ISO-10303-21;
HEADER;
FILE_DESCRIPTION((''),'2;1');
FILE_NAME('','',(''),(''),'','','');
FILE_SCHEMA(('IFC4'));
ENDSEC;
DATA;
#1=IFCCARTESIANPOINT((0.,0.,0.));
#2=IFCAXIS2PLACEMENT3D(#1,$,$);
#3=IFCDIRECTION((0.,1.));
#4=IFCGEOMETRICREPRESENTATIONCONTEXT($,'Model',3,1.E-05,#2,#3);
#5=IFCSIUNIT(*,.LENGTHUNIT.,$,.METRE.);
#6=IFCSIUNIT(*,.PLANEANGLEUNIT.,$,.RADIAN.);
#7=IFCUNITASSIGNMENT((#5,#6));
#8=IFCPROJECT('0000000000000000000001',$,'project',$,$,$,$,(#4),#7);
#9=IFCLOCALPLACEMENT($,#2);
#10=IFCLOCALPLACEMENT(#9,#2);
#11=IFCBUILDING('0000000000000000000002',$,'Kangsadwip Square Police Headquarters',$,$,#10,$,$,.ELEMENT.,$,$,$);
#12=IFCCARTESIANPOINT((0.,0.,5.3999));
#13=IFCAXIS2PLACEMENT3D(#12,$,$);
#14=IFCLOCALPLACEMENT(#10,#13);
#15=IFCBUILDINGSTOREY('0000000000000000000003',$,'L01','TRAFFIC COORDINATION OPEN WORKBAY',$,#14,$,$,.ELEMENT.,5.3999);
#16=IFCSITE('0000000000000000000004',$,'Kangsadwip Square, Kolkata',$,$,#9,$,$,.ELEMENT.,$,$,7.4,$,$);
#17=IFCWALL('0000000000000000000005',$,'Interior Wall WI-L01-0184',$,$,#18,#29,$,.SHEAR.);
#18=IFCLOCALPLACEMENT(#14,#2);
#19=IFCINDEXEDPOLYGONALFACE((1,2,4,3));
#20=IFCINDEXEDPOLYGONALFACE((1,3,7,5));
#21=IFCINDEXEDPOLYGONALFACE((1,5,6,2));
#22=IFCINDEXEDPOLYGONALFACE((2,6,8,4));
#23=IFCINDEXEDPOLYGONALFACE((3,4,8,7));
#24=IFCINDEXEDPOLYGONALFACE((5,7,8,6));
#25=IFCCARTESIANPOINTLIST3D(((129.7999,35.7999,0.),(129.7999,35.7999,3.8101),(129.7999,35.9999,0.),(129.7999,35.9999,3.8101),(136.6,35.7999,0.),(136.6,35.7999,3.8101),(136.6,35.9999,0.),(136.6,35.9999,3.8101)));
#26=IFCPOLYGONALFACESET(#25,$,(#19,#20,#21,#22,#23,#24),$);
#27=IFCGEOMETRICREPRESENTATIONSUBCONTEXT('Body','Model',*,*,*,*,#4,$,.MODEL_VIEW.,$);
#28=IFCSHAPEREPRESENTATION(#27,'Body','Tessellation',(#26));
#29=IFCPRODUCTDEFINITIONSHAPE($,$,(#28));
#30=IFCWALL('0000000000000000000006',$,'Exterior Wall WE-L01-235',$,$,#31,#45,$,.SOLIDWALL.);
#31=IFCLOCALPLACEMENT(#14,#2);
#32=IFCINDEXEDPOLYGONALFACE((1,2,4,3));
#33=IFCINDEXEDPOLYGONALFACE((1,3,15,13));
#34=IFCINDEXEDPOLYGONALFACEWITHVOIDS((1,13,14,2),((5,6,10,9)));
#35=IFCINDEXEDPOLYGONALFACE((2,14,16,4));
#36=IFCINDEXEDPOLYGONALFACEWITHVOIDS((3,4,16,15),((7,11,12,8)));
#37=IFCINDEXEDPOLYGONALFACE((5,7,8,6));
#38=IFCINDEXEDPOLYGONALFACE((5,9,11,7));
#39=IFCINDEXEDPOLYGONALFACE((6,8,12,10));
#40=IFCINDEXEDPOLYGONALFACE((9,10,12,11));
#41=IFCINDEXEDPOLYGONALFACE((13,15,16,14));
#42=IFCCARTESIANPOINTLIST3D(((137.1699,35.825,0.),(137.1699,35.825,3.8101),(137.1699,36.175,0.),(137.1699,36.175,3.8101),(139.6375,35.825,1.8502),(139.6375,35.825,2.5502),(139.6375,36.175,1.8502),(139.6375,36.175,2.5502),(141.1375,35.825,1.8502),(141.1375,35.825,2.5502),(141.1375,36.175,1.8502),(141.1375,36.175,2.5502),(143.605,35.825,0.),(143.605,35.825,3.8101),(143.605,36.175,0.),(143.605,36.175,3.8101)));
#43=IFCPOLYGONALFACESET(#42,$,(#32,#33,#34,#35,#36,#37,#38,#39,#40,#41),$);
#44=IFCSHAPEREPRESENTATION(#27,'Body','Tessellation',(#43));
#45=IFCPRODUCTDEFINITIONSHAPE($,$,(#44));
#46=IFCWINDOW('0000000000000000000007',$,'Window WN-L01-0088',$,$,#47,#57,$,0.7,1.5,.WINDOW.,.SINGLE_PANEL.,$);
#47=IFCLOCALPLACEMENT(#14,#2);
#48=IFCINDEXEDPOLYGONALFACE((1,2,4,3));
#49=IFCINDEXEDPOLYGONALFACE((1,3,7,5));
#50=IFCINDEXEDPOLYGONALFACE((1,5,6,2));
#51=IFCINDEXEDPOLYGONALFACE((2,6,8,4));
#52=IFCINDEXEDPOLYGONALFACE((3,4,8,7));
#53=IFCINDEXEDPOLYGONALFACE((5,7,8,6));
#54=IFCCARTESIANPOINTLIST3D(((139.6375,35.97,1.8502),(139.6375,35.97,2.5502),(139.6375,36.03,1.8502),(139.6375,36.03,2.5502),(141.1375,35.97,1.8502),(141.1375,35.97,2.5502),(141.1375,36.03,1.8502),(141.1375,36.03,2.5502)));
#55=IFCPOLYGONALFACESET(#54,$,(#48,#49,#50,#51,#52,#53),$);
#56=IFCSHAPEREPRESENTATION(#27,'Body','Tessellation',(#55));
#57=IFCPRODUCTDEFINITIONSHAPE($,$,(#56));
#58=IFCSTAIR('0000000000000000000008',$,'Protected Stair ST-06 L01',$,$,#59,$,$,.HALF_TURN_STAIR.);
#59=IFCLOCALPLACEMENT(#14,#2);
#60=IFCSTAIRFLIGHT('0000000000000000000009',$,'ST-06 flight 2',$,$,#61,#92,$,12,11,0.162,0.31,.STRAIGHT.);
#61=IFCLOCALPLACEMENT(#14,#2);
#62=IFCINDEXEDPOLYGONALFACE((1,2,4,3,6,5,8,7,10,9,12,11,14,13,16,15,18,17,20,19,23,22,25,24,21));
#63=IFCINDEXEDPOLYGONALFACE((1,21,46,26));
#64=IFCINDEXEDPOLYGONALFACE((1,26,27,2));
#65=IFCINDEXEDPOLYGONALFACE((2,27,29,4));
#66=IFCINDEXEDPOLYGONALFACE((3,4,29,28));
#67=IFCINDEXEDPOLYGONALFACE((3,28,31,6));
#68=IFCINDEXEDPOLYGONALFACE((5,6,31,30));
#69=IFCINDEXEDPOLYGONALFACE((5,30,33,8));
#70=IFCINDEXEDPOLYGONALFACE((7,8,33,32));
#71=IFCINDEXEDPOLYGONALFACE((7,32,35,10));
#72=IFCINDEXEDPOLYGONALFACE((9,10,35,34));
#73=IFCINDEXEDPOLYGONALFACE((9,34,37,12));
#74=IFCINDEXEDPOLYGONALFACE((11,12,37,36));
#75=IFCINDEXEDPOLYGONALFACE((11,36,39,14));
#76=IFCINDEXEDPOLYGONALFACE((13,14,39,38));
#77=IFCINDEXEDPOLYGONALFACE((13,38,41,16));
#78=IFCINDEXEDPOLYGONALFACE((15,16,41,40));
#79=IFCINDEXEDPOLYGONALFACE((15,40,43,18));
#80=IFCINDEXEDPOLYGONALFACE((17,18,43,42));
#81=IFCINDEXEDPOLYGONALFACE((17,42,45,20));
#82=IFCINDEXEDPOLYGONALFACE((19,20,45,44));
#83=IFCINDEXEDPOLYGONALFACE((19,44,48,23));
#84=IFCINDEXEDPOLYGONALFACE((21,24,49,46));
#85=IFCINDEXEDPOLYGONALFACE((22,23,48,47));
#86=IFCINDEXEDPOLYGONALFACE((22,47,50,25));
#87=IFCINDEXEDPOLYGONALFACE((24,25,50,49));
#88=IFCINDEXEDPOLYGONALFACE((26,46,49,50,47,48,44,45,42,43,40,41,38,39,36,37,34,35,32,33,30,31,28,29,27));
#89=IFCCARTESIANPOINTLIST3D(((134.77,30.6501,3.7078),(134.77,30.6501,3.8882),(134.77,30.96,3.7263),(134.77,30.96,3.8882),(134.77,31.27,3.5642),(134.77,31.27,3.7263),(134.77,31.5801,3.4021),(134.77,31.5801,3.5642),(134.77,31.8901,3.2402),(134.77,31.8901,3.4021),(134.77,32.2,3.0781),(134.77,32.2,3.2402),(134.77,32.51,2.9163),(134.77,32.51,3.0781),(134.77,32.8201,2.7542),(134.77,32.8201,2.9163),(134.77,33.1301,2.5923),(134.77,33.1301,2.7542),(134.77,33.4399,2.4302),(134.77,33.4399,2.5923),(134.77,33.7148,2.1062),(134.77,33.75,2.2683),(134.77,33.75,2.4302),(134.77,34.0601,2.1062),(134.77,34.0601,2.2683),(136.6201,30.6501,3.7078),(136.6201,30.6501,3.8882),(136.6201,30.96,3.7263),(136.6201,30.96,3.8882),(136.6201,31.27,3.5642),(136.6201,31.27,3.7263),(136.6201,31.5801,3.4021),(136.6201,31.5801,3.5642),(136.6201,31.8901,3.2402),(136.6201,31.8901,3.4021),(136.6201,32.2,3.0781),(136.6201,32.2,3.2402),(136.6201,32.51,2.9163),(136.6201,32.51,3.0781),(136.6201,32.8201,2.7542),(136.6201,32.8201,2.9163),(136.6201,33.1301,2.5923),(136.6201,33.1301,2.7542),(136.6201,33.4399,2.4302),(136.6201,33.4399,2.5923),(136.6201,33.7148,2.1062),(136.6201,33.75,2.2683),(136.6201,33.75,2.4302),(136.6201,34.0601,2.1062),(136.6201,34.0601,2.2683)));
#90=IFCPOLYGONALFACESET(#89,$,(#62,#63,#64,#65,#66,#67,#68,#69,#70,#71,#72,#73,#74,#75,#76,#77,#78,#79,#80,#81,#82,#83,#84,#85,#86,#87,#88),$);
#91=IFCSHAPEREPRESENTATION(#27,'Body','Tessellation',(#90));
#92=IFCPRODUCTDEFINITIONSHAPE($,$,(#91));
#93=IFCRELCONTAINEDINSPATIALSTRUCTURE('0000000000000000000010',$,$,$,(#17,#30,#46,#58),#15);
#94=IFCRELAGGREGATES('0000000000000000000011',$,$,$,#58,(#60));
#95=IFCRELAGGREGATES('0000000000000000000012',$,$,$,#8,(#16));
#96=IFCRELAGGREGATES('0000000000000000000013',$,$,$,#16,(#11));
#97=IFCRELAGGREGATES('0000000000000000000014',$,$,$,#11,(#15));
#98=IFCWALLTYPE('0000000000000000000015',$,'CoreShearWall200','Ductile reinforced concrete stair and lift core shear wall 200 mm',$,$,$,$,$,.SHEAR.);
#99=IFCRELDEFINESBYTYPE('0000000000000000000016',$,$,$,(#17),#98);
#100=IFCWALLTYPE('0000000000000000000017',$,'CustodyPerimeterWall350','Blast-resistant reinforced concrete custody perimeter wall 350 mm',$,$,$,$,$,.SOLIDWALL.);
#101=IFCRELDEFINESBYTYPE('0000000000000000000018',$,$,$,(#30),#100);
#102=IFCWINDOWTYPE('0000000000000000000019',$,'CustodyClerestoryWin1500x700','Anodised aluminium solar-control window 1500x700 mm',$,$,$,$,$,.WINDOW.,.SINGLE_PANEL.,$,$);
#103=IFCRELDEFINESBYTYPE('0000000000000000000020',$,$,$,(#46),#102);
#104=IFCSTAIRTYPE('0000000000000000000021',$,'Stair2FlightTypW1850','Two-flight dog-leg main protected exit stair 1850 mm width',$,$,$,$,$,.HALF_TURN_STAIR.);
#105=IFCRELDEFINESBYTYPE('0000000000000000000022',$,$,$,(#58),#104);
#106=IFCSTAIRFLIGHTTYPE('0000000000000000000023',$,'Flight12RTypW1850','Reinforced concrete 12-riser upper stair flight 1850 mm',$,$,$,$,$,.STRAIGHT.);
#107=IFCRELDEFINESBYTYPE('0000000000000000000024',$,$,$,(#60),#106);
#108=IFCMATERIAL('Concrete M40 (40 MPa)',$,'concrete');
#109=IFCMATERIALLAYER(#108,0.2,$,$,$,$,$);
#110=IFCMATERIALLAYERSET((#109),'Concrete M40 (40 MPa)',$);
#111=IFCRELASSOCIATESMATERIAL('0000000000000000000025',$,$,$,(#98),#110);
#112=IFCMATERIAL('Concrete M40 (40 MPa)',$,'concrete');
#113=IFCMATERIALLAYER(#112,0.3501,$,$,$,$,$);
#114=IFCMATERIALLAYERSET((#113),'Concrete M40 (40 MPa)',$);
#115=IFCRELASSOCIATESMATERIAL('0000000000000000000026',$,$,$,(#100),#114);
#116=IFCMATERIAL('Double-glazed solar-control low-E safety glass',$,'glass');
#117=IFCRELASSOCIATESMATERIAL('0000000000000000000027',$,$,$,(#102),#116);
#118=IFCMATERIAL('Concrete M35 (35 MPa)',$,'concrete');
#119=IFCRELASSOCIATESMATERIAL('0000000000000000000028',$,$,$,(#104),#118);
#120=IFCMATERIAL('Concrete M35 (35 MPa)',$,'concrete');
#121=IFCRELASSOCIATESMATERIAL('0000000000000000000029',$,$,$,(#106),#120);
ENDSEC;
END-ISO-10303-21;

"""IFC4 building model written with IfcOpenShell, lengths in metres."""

from ifc_helpers import new_model, si_unit, direction, frame, frame_2d, origin, place, context, subcontext, project, spatial, polyline, rectangle, outline, extrude, material, layer, layer_set, type_object, element, fill, aggregate, save


model = new_model("IFC4")

# Units and contexts
model_context = context("Model", 3, precision=1e-05, world=origin(), true_north=direction((0.0, 1.0)))
body_context = subcontext(model_context, "Body", "Model", "MODEL_VIEW")
ifc_project = project(units=[si_unit("LENGTHUNIT", "METRE"), si_unit("PLANEANGLEUNIT", "RADIAN")], contexts=[model_context])

# Site, building, storey
site_placement = place(None, origin())
site = spatial("IfcSite", under=ifc_project, at=site_placement, Name="Kangsadwip Square, Kolkata", CompositionType="ELEMENT", RefElevation=7.4)
building_placement = place(site_placement, origin())
building = spatial("IfcBuilding", under=site, at=building_placement, Name="Kangsadwip Square Police Headquarters", CompositionType="ELEMENT")
storey_placement = place(building_placement, frame((0.0, 0.0, 5.3999)))
storey = spatial("IfcBuildingStorey", under=building, at=storey_placement, Name="L01", Description="TRAFFIC COORDINATION OPEN WORKBAY", CompositionType="ELEMENT", Elevation=5.3999)

# Wall
ifc_material_1 = material(Name="Concrete M40 (40 MPa)", Category="concrete")
ifc_layer_1 = layer(ifc_material_1, 0.2)
ifc_layer_set_1 = layer_set([ifc_layer_1], Name="Concrete M40 (40 MPa)")
wall_type_1 = type_object("IfcWallType", Name="CoreShearWall200", Description="Ductile reinforced concrete stair and lift core shear wall 200 mm", PredefinedType="SHEAR", material=ifc_layer_set_1)
wall_1_placement = place(storey_placement, frame((129.8, 35.8999, 0.0), z_axis=(0.0, 0.0, 1.0), x_axis=(1.0, 0.0, 0.0)))
element("IfcWall", 1, at=wall_1_placement, inside=storey, type_object=wall_type_1, Name="Interior Wall WI-L01-0184", PredefinedType="SHEAR", context=body_context, shape_type="SweptSolid", body=[
    extrude(rectangle(XDim=6.8, YDim=0.2, at=frame_2d((3.3999, 0.0))), origin(), (0.0, 0.0, 1.0), 3.8101),
])

# Wall, opening, window
ifc_material_2 = material(Name="Concrete M40 (40 MPa)", Category="concrete")
ifc_layer_2 = layer(ifc_material_2, 0.3501)
ifc_layer_set_2 = layer_set([ifc_layer_2], Name="Concrete M40 (40 MPa)")
wall_type_2 = type_object("IfcWallType", Name="CustodyPerimeterWall350", Description="Blast-resistant reinforced concrete custody perimeter wall 350 mm", PredefinedType="SOLIDWALL", material=ifc_layer_set_2)
wall_2_placement = place(storey_placement, frame((137.1699, 36.0, 0.0), z_axis=(0.0, 0.0, 1.0), x_axis=(1.0, 0.0, 0.0)))
wall_2 = element("IfcWall", 2, at=wall_2_placement, inside=storey, type_object=wall_type_2, Name="Exterior Wall WE-L01-235", PredefinedType="SOLIDWALL", context=body_context, shape_type="SweptSolid", body=[
    extrude(rectangle(XDim=6.4351, YDim=0.3501, at=frame_2d((3.2175, 0.0))), origin(), (0.0, 0.0, 1.0), 3.8101),
])
opening_1_placement = place(wall_2_placement, frame((2.4675, 0.0, 1.8501)))
opening_1 = element("IfcOpeningElement", 3, at=opening_1_placement, cuts=wall_2, PredefinedType="OPENING", context=body_context, shape_type="SweptSolid", body=[
    extrude(rectangle(XDim=1.5, YDim=0.7, at=frame_2d((0.75, 0.3501))), frame((0.0, 0.1851, 0.0), z_axis=(0.0, -1.0, 0.0), x_axis=(1.0, 0.0, 0.0)), (0.0, 0.0, 1.0), 0.3701),
])
ifc_material_3 = material(Name="Double-glazed solar-control low-E safety glass", Category="glass")
window_type_1 = type_object("IfcWindowType", Name="CustodyClerestoryWin1500x700", Description="Anodised aluminium solar-control window 1500x700 mm", PartitioningType="SINGLE_PANEL", PredefinedType="WINDOW", material=ifc_material_3)
window_1_placement = place(opening_1_placement, origin())
window_1 = element("IfcWindow", 4, at=window_1_placement, inside=storey, type_object=window_type_1, Name="Window WN-L01-0088", OverallHeight=0.7, OverallWidth=1.5, PartitioningType="SINGLE_PANEL", PredefinedType="WINDOW", context=body_context, shape_type="SweptSolid", body=[
    extrude(rectangle(XDim=1.5, YDim=0.7, at=frame_2d((0.75, 0.3501))), frame((0.0, 0.03, 0.0), z_axis=(0.0, -1.0, 0.0), x_axis=(1.0, 0.0, 0.0)), (0.0, 0.0, 1.0), 0.0601),
])
fill(opening_1, window_1)

# Stair, stair flight
ifc_material_4 = material(Name="Concrete M35 (35 MPa)", Category="concrete")
stair_type = type_object("IfcStairType", Name="Stair2FlightTypW1850", Description="Two-flight dog-leg main protected exit stair 1850 mm width", PredefinedType="HALF_TURN_STAIR", material=ifc_material_4)
stair_placement = place(storey_placement, origin())
stair = element("IfcStair", 5, at=stair_placement, inside=storey, type_object=stair_type, Name="Protected Stair ST-06 L01", PredefinedType="HALF_TURN_STAIR")
ifc_material_5 = material(Name="Concrete M35 (35 MPa)", Category="concrete")
stair_flight_type = type_object("IfcStairFlightType", Name="Flight12RTypW1850", Description="Reinforced concrete 12-riser upper stair flight 1850 mm", PredefinedType="STRAIGHT", material=ifc_material_5)
stair_flight_placement = place(storey_placement, frame((135.6951, 34.0601, 2.1062), z_axis=(0.0, 0.0, 1.0), x_axis=(0.0, -1.0, 0.0)))
stair_flight = element("IfcStairFlight", 6, at=stair_flight_placement, type_object=stair_flight_type, Name="ST-06 flight 2", NumberOfRisers=12, NumberOfTreads=11, PredefinedType="STRAIGHT", RiserHeight=0.162, TreadLength=0.31, context=body_context, shape_type="SweptSolid", body=[
    extrude(outline(polyline([(0.0, 0.0), (0.0, 0.1621), (0.3101, 0.1621), (0.3101, 0.324), (0.6201, 0.324), (0.6201, 0.4861), (0.9299, 0.4861), (0.9299, 0.6479), (1.24, 0.6479), (1.24, 0.8101), (1.55, 0.8101), (1.55, 0.9719), (1.8601, 0.9719), (1.8601, 1.134), (2.1699, 1.134), (2.1699, 1.2959), (2.48, 1.2959), (2.48, 1.458), (2.79, 1.458), (2.79, 1.6201), (3.1001, 1.6201), (3.1001, 1.782), (3.4099, 1.782), (3.4099, 1.9441), (3.4099, 1.6016), (0.3452, 0.0), (0.0, 0.0)])), frame((0.0, 0.925, 0.0), z_axis=(0.0, -1.0, 0.0), x_axis=(1.0, 0.0, 0.0)), (0.0, 0.0, 1.0), 1.8501),
])
aggregate(stair, [stair_flight])

save(model, "model.ifc")
